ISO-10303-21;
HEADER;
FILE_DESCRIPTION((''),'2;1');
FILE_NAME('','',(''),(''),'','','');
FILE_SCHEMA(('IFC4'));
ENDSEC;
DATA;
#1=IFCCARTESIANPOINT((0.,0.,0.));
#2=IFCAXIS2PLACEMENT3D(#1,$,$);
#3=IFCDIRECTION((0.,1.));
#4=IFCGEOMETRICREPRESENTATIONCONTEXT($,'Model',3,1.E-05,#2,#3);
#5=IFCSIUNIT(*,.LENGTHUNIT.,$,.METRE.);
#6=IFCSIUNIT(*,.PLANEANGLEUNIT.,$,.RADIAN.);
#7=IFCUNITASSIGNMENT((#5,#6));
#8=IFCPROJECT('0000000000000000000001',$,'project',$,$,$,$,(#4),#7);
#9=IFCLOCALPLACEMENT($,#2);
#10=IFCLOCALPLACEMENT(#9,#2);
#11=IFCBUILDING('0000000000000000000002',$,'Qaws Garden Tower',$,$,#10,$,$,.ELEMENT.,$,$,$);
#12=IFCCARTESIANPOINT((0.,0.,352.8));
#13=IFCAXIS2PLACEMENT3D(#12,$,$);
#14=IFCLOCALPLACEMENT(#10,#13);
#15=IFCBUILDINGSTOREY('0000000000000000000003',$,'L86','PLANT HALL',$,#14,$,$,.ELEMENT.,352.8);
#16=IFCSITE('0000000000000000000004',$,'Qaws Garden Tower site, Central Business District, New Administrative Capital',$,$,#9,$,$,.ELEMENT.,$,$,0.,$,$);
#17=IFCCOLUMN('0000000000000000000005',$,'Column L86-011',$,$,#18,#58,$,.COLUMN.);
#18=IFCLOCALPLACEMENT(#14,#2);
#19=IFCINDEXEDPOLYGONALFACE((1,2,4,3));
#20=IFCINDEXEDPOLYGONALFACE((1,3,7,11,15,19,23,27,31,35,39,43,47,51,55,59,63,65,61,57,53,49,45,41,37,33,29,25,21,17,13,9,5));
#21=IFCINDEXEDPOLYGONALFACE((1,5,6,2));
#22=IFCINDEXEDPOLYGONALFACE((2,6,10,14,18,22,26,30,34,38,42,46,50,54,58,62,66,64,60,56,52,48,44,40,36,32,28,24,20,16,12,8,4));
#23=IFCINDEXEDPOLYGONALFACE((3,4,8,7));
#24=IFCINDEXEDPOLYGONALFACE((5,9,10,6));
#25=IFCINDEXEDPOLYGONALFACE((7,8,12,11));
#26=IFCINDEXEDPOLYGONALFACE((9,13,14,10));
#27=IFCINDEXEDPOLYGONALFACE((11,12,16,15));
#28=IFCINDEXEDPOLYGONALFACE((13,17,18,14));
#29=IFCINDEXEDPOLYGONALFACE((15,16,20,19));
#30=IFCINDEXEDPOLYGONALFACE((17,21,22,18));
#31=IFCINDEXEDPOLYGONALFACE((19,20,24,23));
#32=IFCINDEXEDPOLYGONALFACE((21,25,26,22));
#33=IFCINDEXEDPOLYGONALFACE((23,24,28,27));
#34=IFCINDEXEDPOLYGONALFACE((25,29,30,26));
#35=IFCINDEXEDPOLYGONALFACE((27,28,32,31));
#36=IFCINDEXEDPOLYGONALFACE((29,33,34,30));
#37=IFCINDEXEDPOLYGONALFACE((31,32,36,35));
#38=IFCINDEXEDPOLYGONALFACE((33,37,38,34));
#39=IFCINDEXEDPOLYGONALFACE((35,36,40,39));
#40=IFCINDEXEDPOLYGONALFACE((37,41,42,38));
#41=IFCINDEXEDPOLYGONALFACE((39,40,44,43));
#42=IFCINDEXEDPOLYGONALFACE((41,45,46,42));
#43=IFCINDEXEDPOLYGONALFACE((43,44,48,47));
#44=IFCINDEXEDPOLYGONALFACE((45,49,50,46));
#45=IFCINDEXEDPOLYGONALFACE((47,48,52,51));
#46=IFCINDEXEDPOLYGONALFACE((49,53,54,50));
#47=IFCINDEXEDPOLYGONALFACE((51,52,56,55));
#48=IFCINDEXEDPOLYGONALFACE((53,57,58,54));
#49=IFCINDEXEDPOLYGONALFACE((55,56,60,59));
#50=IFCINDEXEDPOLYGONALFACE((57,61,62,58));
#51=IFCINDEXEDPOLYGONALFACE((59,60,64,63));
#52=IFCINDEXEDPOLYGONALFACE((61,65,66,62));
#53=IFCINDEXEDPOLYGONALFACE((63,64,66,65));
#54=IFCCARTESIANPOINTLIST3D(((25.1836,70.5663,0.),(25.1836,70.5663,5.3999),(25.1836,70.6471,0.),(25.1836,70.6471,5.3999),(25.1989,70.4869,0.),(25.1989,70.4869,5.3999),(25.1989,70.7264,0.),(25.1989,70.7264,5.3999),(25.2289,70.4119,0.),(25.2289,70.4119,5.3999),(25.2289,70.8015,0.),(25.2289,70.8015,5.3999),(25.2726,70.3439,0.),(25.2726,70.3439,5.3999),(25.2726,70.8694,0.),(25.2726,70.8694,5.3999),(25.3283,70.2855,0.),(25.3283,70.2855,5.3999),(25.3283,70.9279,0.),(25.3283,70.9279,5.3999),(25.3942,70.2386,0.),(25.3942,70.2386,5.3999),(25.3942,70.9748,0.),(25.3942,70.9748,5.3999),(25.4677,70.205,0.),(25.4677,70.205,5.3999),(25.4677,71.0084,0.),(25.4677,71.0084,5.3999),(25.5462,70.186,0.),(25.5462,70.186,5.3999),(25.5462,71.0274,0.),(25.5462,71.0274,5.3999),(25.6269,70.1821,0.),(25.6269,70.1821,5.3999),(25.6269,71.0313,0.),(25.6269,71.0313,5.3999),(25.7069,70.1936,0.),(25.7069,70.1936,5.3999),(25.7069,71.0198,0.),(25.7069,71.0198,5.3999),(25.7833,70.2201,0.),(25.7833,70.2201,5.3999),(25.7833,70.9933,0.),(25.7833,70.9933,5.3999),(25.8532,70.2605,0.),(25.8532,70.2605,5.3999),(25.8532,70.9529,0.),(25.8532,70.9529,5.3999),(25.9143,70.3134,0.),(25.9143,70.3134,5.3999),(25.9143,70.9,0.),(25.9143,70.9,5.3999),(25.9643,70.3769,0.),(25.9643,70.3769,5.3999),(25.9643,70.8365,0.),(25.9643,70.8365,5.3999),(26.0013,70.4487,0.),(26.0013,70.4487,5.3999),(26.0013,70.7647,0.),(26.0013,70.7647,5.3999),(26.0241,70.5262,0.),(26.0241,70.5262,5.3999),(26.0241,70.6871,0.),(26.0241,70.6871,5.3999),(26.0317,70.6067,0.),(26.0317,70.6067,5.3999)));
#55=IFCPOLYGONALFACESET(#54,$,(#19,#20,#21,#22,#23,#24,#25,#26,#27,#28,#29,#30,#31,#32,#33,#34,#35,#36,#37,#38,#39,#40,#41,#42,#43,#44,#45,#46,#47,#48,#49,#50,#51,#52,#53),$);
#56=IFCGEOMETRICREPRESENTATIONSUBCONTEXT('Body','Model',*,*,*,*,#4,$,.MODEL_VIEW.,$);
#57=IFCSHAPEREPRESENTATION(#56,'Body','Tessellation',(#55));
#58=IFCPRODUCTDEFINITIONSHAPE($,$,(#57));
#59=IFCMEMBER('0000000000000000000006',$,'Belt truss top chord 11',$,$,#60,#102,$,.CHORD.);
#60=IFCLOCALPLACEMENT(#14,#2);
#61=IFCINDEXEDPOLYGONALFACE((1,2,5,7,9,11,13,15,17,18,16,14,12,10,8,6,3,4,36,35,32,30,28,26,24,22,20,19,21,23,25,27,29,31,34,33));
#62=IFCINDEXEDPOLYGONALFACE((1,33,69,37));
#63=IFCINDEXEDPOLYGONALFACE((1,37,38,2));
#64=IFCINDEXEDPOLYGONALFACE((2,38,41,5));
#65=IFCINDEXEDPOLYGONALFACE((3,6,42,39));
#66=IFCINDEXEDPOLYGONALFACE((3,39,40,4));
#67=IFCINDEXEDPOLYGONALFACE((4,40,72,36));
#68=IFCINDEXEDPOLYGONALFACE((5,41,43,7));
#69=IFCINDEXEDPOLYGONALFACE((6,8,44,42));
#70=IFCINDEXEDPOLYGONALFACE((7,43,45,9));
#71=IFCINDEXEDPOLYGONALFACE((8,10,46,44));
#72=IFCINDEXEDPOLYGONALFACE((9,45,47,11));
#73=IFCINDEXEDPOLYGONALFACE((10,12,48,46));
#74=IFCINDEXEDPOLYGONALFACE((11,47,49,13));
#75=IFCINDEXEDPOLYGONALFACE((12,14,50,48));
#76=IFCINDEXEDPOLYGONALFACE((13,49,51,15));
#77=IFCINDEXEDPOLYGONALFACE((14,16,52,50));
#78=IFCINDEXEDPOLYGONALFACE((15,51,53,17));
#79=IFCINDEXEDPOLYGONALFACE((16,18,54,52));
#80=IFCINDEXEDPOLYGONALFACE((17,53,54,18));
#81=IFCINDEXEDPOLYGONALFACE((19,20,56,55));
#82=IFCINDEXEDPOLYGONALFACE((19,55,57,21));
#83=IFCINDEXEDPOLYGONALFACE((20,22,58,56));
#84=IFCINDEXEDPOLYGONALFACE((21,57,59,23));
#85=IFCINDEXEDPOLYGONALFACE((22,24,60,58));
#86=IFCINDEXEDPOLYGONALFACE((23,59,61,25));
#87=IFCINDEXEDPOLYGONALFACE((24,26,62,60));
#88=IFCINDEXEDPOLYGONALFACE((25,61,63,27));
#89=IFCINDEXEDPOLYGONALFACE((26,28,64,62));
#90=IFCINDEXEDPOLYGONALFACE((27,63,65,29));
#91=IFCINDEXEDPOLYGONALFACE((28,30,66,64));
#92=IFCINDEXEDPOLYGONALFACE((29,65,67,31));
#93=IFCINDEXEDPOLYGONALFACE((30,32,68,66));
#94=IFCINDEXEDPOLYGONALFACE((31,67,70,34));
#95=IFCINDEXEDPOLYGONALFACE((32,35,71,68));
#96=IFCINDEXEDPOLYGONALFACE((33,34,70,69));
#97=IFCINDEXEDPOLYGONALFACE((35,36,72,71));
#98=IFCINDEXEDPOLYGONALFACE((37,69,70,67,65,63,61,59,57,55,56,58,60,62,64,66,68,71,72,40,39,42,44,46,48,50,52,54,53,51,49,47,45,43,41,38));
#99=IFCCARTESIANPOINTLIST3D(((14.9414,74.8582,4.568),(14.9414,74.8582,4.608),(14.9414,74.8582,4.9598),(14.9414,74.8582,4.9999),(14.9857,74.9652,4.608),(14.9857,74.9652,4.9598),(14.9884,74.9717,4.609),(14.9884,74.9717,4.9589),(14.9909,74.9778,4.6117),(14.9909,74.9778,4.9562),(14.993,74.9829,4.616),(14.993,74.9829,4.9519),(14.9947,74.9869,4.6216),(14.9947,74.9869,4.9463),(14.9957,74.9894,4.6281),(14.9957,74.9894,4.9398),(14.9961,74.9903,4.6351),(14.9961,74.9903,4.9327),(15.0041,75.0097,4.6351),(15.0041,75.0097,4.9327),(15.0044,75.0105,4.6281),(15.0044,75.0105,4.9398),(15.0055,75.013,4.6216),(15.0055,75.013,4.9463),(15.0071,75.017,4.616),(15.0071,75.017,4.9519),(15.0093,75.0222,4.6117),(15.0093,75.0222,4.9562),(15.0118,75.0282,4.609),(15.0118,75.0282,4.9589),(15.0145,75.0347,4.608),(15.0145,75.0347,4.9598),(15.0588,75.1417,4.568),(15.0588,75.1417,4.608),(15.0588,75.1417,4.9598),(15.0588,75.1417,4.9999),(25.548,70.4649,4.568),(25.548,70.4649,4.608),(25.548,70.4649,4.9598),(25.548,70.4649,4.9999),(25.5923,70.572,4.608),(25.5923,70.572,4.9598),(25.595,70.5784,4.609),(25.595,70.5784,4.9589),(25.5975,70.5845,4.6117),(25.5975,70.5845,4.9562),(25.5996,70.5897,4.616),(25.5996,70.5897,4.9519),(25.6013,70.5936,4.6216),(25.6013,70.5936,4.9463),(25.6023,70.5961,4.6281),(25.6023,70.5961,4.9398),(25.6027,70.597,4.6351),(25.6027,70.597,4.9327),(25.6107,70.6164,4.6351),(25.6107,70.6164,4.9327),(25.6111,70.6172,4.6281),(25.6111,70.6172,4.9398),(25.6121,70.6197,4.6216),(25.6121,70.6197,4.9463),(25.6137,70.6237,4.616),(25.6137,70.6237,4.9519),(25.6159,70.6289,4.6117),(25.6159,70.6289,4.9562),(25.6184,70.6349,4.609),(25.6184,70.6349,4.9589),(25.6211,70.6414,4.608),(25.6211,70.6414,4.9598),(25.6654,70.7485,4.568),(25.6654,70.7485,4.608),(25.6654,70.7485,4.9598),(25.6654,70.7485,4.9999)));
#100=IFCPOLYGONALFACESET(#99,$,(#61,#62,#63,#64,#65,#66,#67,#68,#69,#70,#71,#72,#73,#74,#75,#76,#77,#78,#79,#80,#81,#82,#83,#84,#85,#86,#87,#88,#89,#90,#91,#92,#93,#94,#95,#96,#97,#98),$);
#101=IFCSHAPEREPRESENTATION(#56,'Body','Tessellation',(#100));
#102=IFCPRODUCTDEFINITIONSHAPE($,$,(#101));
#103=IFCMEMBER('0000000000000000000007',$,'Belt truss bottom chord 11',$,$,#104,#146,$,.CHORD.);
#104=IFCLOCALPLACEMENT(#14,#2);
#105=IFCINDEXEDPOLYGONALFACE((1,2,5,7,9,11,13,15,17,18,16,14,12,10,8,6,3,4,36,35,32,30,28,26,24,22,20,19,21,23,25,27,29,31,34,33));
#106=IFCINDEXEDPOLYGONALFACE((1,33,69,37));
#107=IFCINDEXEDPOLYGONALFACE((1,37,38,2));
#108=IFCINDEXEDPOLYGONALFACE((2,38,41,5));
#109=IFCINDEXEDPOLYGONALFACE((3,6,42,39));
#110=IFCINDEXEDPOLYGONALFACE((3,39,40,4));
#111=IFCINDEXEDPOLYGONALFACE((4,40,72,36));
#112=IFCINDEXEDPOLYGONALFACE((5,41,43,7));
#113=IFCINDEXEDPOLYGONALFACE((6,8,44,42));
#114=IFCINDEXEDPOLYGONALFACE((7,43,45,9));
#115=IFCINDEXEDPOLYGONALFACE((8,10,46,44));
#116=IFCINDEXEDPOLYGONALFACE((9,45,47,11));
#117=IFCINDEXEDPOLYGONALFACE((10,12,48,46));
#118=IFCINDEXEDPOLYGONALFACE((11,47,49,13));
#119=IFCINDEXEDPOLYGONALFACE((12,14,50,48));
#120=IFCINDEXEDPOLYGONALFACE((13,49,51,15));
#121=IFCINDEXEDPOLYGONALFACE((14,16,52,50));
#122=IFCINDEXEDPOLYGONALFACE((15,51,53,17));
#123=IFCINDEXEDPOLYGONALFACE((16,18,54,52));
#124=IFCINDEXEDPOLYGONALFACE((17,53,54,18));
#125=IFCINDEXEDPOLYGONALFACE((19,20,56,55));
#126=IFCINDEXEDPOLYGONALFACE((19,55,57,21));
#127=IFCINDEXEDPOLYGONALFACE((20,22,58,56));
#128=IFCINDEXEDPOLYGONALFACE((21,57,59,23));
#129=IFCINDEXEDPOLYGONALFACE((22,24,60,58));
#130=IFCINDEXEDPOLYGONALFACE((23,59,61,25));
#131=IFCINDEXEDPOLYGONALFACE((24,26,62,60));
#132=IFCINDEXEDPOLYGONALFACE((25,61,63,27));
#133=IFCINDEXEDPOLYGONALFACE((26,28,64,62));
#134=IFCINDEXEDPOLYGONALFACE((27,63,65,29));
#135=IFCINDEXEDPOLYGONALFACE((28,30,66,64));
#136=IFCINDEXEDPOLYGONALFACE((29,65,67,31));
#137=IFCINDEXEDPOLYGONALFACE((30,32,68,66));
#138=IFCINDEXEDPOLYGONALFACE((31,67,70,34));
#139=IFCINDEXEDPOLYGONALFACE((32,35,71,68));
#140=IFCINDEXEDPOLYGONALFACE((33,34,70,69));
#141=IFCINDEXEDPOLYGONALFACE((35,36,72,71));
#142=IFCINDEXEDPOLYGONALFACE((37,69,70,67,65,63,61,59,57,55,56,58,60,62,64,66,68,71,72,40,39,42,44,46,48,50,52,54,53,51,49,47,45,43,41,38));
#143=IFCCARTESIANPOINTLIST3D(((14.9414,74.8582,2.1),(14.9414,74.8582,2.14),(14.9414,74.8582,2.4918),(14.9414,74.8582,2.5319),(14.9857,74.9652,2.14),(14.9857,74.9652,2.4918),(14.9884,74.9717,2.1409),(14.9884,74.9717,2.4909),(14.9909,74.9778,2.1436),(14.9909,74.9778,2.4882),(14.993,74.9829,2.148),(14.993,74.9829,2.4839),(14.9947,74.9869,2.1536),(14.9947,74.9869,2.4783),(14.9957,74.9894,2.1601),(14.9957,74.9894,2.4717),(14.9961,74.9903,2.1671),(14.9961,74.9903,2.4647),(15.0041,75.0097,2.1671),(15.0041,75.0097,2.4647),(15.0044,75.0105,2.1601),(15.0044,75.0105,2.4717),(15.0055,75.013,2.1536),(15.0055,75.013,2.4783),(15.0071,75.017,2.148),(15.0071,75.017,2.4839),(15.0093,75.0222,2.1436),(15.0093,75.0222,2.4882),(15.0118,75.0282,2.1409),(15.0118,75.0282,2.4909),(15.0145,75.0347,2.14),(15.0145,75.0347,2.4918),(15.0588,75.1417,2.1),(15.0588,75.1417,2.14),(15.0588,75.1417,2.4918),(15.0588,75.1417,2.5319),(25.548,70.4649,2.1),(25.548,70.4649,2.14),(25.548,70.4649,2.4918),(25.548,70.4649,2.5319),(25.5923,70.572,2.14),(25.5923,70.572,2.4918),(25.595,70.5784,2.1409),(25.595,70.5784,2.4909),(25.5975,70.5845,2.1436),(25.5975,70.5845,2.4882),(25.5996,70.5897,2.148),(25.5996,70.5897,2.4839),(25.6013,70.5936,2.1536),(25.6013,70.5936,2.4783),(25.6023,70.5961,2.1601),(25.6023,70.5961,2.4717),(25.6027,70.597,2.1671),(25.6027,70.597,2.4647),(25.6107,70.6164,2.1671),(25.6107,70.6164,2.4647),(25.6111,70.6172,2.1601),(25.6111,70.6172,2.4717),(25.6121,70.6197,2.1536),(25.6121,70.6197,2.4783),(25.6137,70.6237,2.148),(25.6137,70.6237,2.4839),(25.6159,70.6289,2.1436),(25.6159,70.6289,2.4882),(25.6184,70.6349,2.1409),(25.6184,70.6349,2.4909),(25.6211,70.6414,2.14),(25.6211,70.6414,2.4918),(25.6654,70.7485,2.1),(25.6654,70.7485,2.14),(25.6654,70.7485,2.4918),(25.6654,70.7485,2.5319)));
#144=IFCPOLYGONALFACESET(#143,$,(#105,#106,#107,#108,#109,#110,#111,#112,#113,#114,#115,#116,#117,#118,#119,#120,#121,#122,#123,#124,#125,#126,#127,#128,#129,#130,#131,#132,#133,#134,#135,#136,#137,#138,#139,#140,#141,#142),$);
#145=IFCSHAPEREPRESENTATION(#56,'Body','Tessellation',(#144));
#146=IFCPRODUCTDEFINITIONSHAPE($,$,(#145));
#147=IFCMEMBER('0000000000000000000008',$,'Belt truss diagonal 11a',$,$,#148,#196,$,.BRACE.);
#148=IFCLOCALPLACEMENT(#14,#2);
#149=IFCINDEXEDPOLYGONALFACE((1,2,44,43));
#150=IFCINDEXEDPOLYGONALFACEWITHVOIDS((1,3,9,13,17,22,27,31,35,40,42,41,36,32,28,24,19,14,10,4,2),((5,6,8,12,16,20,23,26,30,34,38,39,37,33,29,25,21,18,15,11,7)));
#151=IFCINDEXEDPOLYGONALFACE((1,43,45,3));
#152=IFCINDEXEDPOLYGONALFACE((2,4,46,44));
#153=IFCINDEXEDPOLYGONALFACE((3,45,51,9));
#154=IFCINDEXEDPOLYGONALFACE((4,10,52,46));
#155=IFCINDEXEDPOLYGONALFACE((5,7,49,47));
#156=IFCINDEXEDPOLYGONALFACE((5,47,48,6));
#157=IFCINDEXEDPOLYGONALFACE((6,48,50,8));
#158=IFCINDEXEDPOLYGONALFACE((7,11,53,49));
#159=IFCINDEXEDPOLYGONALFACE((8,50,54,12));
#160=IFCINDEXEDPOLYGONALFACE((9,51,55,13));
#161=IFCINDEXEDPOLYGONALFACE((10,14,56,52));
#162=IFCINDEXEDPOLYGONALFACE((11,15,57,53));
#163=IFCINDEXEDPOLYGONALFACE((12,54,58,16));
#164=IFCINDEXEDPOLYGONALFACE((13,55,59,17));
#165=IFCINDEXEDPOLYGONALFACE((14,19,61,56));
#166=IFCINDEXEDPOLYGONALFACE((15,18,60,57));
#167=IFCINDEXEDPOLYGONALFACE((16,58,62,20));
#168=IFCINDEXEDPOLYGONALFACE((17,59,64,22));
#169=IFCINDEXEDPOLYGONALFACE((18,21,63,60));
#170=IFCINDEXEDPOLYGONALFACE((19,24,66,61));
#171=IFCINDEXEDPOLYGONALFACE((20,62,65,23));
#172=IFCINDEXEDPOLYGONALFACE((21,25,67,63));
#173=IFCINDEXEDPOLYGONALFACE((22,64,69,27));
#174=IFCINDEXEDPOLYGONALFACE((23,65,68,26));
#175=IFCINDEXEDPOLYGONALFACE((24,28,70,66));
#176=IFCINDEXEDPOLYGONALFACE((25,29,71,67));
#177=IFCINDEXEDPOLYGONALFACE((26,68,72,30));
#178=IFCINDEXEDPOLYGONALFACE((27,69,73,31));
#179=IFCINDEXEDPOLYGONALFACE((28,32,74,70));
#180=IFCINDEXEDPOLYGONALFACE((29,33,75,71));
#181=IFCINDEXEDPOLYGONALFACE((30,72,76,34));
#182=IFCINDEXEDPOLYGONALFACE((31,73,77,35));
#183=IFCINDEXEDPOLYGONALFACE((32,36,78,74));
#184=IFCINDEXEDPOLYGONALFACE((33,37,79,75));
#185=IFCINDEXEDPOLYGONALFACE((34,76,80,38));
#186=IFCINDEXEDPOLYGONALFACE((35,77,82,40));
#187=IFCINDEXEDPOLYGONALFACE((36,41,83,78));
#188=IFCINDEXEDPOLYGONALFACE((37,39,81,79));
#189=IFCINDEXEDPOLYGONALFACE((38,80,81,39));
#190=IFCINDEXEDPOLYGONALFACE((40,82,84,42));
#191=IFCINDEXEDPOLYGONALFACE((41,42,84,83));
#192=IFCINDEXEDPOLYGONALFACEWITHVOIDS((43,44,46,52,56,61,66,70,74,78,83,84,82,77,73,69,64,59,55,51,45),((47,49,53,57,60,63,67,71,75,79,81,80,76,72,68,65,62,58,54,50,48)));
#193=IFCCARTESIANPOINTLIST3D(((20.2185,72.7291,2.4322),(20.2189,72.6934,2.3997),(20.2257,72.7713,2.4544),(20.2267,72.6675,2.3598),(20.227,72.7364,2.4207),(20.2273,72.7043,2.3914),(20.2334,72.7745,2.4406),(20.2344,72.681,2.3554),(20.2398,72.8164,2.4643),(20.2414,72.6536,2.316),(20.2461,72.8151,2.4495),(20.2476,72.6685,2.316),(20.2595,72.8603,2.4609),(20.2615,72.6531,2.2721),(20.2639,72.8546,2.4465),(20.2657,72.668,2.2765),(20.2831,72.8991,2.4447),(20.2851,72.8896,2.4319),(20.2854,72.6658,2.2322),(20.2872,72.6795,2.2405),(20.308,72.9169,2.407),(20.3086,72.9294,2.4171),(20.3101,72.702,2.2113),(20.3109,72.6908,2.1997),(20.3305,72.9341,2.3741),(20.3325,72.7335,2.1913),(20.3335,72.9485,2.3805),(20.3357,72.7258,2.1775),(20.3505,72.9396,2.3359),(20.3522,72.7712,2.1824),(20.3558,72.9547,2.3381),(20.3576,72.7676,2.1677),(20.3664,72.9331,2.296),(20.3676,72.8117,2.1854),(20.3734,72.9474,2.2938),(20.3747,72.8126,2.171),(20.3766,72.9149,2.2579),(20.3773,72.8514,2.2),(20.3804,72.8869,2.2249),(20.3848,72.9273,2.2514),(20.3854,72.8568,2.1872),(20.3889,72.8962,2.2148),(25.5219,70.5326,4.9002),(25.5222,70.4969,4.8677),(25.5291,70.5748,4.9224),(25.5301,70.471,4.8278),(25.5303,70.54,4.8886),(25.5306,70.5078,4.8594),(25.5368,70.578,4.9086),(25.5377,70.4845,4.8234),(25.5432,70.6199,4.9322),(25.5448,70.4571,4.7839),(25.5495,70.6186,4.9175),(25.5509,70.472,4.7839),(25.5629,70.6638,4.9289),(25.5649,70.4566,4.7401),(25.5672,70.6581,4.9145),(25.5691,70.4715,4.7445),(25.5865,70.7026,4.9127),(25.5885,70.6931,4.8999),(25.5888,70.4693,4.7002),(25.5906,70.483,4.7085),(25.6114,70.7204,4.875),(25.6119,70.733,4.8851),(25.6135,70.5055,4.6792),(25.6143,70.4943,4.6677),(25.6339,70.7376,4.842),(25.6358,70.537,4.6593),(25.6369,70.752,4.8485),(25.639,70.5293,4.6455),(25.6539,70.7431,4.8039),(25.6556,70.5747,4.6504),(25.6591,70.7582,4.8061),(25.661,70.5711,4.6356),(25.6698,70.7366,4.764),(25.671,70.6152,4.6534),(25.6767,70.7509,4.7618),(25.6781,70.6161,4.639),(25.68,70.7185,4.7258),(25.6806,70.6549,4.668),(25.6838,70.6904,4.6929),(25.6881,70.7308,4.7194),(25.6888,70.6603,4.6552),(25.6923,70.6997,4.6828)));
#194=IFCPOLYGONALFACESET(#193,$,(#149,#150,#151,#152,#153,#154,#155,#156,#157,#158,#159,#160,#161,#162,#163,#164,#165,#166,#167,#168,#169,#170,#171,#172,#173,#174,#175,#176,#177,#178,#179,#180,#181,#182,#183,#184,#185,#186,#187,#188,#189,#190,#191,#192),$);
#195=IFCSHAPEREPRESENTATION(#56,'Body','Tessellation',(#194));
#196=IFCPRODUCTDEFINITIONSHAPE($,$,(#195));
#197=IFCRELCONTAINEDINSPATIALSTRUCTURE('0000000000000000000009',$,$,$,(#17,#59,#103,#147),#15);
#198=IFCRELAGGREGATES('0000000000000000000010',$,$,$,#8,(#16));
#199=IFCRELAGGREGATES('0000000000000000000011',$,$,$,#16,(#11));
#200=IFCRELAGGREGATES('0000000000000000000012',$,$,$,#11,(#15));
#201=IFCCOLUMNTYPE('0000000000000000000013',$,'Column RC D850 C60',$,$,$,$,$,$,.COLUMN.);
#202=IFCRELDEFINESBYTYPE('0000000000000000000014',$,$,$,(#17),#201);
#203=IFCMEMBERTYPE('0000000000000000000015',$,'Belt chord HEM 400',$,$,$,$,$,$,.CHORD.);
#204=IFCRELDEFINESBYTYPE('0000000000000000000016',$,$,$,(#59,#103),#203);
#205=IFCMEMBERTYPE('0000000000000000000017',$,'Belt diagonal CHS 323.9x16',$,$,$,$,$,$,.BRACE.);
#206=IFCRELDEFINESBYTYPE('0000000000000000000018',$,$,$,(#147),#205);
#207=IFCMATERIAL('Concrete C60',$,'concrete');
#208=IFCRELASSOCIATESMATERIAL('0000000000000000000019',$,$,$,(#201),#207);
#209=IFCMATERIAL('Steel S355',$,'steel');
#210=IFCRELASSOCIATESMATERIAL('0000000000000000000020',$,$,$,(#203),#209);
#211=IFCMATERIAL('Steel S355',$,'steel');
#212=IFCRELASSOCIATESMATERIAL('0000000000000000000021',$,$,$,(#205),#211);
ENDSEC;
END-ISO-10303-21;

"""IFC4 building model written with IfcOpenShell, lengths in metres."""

from ifc_helpers import new_model, si_unit, direction, frame, origin, origin_2d, place, context, subcontext, project, spatial, circle, hollow_circle, i_section, extrude, material, material_profile, profile_set, type_object, element, save


model = new_model("IFC4")

# Units and contexts
model_context = context("Model", 3, precision=1e-05, world=origin(), true_north=direction((0.0, 1.0)))
body_context = subcontext(model_context, "Body", "Model", "MODEL_VIEW")
ifc_project = project(units=[si_unit("LENGTHUNIT", "METRE"), si_unit("PLANEANGLEUNIT", "RADIAN")], contexts=[model_context])

# Site, building, storey
site_placement = place(None, origin())
site = spatial("IfcSite", under=ifc_project, at=site_placement, Name="Qaws Garden Tower site, Central Business District, New Administrative Capital", CompositionType="ELEMENT", RefElevation=0.0)
building_placement = place(site_placement, origin())
building = spatial("IfcBuilding", under=site, at=building_placement, Name="Qaws Garden Tower", CompositionType="ELEMENT")
storey_placement = place(building_placement, frame((0.0, 0.0, 352.8)))
storey = spatial("IfcBuildingStorey", under=building, at=storey_placement, Name="L86", Description="PLANT HALL", CompositionType="ELEMENT", Elevation=352.8)

# Column
ifc_material_1 = material(Name="Concrete C60", Category="concrete")
ifc_material_profile_1 = material_profile(ifc_material_1, circle(Radius=0.425, at=origin_2d()), Name="RC D850")
ifc_profile_set_1 = profile_set([ifc_material_profile_1], Name="Concrete C60")
column_type = type_object("IfcColumnType", Name="Column RC D850 C60", PredefinedType="COLUMN", material=ifc_profile_set_1)
column_placement = place(storey_placement, frame((25.6067, 70.6067, 0.0), z_axis=(0.0, 0.0, 1.0), x_axis=(1.0, 0.0, 0.0)))
element("IfcColumn", 1, at=column_placement, inside=storey, type_object=column_type, Name="Column L86-011", PredefinedType="COLUMN", context=body_context, shape_type="SweptSolid", body=[
    extrude(circle(Radius=0.425, at=origin_2d()), origin(), (0.0, 0.0, 1.0), 5.3999),
])

# Members
ifc_material_2 = material(Name="Steel S355", Category="steel")
ifc_material_profile_2 = material_profile(ifc_material_2, i_section(OverallWidth=0.3069, OverallDepth=0.4319, WebThickness=0.021, FlangeThickness=0.04, FilletRadius=0.0271, at=origin_2d()), Name="HEM 400")
ifc_profile_set_2 = profile_set([ifc_material_profile_2], Name="Steel S355")
member_type_1 = type_object("IfcMemberType", Name="Belt chord HEM 400", PredefinedType="CHORD", material=ifc_profile_set_2)
for number, where, z_axis, x_axis, name in (
    (2, (25.6067, 70.6067, 4.7839), (-0.923883, 0.382674, 0.0), (-0.382674, -0.923883, 0.0), "Belt truss top chord 11"),
    (3, (25.6067, 70.6067, 2.3159), (-0.923883, 0.382674, 0.0), (-0.382674, -0.923883, 0.0), "Belt truss bottom chord 11"),
):
    element("IfcMember", number, at=place(storey_placement, frame(where, z_axis=z_axis, x_axis=x_axis)), inside=storey, type_object=member_type_1, Name=name, PredefinedType="CHORD", context=body_context, shape_type="SweptSolid", body=[
        extrude(i_section(OverallWidth=0.3069, OverallDepth=0.4319, WebThickness=0.021, FlangeThickness=0.04, FilletRadius=0.0271, at=origin_2d()), origin(), (0.0, 0.0, 1.0), 11.4805),
    ])
ifc_material_3 = material(Name="Steel S355", Category="steel")
ifc_material_profile_3 = material_profile(ifc_material_3, hollow_circle(Radius=0.1619, WallThickness=0.0161, at=origin_2d()), Name="CHS 323.9x16")
ifc_profile_set_3 = profile_set([ifc_material_profile_3], Name="Steel S355")
member_type_2 = type_object("IfcMemberType", Name="Belt diagonal CHS 323.9x16", PredefinedType="BRACE", material=ifc_profile_set_3)
for number, where, z_axis, x_axis, name in (
    (4, (25.6067, 70.6067, 4.7839), (-0.848771, 0.351535, -0.394983), (-0.382649, -0.923894, 0.0), "Belt truss diagonal 11a"),
):
    element("IfcMember", number, at=place(storey_placement, frame(where, z_axis=z_axis, x_axis=x_axis)), inside=storey, type_object=member_type_2, Name=name, PredefinedType="BRACE", context=body_context, shape_type="SweptSolid", body=[
        extrude(hollow_circle(Radius=0.1619, WallThickness=0.0161, at=origin_2d()), origin(), (0.0, 0.0, 1.0), 6.2483),
    ])

save(model, "model.ifc")
